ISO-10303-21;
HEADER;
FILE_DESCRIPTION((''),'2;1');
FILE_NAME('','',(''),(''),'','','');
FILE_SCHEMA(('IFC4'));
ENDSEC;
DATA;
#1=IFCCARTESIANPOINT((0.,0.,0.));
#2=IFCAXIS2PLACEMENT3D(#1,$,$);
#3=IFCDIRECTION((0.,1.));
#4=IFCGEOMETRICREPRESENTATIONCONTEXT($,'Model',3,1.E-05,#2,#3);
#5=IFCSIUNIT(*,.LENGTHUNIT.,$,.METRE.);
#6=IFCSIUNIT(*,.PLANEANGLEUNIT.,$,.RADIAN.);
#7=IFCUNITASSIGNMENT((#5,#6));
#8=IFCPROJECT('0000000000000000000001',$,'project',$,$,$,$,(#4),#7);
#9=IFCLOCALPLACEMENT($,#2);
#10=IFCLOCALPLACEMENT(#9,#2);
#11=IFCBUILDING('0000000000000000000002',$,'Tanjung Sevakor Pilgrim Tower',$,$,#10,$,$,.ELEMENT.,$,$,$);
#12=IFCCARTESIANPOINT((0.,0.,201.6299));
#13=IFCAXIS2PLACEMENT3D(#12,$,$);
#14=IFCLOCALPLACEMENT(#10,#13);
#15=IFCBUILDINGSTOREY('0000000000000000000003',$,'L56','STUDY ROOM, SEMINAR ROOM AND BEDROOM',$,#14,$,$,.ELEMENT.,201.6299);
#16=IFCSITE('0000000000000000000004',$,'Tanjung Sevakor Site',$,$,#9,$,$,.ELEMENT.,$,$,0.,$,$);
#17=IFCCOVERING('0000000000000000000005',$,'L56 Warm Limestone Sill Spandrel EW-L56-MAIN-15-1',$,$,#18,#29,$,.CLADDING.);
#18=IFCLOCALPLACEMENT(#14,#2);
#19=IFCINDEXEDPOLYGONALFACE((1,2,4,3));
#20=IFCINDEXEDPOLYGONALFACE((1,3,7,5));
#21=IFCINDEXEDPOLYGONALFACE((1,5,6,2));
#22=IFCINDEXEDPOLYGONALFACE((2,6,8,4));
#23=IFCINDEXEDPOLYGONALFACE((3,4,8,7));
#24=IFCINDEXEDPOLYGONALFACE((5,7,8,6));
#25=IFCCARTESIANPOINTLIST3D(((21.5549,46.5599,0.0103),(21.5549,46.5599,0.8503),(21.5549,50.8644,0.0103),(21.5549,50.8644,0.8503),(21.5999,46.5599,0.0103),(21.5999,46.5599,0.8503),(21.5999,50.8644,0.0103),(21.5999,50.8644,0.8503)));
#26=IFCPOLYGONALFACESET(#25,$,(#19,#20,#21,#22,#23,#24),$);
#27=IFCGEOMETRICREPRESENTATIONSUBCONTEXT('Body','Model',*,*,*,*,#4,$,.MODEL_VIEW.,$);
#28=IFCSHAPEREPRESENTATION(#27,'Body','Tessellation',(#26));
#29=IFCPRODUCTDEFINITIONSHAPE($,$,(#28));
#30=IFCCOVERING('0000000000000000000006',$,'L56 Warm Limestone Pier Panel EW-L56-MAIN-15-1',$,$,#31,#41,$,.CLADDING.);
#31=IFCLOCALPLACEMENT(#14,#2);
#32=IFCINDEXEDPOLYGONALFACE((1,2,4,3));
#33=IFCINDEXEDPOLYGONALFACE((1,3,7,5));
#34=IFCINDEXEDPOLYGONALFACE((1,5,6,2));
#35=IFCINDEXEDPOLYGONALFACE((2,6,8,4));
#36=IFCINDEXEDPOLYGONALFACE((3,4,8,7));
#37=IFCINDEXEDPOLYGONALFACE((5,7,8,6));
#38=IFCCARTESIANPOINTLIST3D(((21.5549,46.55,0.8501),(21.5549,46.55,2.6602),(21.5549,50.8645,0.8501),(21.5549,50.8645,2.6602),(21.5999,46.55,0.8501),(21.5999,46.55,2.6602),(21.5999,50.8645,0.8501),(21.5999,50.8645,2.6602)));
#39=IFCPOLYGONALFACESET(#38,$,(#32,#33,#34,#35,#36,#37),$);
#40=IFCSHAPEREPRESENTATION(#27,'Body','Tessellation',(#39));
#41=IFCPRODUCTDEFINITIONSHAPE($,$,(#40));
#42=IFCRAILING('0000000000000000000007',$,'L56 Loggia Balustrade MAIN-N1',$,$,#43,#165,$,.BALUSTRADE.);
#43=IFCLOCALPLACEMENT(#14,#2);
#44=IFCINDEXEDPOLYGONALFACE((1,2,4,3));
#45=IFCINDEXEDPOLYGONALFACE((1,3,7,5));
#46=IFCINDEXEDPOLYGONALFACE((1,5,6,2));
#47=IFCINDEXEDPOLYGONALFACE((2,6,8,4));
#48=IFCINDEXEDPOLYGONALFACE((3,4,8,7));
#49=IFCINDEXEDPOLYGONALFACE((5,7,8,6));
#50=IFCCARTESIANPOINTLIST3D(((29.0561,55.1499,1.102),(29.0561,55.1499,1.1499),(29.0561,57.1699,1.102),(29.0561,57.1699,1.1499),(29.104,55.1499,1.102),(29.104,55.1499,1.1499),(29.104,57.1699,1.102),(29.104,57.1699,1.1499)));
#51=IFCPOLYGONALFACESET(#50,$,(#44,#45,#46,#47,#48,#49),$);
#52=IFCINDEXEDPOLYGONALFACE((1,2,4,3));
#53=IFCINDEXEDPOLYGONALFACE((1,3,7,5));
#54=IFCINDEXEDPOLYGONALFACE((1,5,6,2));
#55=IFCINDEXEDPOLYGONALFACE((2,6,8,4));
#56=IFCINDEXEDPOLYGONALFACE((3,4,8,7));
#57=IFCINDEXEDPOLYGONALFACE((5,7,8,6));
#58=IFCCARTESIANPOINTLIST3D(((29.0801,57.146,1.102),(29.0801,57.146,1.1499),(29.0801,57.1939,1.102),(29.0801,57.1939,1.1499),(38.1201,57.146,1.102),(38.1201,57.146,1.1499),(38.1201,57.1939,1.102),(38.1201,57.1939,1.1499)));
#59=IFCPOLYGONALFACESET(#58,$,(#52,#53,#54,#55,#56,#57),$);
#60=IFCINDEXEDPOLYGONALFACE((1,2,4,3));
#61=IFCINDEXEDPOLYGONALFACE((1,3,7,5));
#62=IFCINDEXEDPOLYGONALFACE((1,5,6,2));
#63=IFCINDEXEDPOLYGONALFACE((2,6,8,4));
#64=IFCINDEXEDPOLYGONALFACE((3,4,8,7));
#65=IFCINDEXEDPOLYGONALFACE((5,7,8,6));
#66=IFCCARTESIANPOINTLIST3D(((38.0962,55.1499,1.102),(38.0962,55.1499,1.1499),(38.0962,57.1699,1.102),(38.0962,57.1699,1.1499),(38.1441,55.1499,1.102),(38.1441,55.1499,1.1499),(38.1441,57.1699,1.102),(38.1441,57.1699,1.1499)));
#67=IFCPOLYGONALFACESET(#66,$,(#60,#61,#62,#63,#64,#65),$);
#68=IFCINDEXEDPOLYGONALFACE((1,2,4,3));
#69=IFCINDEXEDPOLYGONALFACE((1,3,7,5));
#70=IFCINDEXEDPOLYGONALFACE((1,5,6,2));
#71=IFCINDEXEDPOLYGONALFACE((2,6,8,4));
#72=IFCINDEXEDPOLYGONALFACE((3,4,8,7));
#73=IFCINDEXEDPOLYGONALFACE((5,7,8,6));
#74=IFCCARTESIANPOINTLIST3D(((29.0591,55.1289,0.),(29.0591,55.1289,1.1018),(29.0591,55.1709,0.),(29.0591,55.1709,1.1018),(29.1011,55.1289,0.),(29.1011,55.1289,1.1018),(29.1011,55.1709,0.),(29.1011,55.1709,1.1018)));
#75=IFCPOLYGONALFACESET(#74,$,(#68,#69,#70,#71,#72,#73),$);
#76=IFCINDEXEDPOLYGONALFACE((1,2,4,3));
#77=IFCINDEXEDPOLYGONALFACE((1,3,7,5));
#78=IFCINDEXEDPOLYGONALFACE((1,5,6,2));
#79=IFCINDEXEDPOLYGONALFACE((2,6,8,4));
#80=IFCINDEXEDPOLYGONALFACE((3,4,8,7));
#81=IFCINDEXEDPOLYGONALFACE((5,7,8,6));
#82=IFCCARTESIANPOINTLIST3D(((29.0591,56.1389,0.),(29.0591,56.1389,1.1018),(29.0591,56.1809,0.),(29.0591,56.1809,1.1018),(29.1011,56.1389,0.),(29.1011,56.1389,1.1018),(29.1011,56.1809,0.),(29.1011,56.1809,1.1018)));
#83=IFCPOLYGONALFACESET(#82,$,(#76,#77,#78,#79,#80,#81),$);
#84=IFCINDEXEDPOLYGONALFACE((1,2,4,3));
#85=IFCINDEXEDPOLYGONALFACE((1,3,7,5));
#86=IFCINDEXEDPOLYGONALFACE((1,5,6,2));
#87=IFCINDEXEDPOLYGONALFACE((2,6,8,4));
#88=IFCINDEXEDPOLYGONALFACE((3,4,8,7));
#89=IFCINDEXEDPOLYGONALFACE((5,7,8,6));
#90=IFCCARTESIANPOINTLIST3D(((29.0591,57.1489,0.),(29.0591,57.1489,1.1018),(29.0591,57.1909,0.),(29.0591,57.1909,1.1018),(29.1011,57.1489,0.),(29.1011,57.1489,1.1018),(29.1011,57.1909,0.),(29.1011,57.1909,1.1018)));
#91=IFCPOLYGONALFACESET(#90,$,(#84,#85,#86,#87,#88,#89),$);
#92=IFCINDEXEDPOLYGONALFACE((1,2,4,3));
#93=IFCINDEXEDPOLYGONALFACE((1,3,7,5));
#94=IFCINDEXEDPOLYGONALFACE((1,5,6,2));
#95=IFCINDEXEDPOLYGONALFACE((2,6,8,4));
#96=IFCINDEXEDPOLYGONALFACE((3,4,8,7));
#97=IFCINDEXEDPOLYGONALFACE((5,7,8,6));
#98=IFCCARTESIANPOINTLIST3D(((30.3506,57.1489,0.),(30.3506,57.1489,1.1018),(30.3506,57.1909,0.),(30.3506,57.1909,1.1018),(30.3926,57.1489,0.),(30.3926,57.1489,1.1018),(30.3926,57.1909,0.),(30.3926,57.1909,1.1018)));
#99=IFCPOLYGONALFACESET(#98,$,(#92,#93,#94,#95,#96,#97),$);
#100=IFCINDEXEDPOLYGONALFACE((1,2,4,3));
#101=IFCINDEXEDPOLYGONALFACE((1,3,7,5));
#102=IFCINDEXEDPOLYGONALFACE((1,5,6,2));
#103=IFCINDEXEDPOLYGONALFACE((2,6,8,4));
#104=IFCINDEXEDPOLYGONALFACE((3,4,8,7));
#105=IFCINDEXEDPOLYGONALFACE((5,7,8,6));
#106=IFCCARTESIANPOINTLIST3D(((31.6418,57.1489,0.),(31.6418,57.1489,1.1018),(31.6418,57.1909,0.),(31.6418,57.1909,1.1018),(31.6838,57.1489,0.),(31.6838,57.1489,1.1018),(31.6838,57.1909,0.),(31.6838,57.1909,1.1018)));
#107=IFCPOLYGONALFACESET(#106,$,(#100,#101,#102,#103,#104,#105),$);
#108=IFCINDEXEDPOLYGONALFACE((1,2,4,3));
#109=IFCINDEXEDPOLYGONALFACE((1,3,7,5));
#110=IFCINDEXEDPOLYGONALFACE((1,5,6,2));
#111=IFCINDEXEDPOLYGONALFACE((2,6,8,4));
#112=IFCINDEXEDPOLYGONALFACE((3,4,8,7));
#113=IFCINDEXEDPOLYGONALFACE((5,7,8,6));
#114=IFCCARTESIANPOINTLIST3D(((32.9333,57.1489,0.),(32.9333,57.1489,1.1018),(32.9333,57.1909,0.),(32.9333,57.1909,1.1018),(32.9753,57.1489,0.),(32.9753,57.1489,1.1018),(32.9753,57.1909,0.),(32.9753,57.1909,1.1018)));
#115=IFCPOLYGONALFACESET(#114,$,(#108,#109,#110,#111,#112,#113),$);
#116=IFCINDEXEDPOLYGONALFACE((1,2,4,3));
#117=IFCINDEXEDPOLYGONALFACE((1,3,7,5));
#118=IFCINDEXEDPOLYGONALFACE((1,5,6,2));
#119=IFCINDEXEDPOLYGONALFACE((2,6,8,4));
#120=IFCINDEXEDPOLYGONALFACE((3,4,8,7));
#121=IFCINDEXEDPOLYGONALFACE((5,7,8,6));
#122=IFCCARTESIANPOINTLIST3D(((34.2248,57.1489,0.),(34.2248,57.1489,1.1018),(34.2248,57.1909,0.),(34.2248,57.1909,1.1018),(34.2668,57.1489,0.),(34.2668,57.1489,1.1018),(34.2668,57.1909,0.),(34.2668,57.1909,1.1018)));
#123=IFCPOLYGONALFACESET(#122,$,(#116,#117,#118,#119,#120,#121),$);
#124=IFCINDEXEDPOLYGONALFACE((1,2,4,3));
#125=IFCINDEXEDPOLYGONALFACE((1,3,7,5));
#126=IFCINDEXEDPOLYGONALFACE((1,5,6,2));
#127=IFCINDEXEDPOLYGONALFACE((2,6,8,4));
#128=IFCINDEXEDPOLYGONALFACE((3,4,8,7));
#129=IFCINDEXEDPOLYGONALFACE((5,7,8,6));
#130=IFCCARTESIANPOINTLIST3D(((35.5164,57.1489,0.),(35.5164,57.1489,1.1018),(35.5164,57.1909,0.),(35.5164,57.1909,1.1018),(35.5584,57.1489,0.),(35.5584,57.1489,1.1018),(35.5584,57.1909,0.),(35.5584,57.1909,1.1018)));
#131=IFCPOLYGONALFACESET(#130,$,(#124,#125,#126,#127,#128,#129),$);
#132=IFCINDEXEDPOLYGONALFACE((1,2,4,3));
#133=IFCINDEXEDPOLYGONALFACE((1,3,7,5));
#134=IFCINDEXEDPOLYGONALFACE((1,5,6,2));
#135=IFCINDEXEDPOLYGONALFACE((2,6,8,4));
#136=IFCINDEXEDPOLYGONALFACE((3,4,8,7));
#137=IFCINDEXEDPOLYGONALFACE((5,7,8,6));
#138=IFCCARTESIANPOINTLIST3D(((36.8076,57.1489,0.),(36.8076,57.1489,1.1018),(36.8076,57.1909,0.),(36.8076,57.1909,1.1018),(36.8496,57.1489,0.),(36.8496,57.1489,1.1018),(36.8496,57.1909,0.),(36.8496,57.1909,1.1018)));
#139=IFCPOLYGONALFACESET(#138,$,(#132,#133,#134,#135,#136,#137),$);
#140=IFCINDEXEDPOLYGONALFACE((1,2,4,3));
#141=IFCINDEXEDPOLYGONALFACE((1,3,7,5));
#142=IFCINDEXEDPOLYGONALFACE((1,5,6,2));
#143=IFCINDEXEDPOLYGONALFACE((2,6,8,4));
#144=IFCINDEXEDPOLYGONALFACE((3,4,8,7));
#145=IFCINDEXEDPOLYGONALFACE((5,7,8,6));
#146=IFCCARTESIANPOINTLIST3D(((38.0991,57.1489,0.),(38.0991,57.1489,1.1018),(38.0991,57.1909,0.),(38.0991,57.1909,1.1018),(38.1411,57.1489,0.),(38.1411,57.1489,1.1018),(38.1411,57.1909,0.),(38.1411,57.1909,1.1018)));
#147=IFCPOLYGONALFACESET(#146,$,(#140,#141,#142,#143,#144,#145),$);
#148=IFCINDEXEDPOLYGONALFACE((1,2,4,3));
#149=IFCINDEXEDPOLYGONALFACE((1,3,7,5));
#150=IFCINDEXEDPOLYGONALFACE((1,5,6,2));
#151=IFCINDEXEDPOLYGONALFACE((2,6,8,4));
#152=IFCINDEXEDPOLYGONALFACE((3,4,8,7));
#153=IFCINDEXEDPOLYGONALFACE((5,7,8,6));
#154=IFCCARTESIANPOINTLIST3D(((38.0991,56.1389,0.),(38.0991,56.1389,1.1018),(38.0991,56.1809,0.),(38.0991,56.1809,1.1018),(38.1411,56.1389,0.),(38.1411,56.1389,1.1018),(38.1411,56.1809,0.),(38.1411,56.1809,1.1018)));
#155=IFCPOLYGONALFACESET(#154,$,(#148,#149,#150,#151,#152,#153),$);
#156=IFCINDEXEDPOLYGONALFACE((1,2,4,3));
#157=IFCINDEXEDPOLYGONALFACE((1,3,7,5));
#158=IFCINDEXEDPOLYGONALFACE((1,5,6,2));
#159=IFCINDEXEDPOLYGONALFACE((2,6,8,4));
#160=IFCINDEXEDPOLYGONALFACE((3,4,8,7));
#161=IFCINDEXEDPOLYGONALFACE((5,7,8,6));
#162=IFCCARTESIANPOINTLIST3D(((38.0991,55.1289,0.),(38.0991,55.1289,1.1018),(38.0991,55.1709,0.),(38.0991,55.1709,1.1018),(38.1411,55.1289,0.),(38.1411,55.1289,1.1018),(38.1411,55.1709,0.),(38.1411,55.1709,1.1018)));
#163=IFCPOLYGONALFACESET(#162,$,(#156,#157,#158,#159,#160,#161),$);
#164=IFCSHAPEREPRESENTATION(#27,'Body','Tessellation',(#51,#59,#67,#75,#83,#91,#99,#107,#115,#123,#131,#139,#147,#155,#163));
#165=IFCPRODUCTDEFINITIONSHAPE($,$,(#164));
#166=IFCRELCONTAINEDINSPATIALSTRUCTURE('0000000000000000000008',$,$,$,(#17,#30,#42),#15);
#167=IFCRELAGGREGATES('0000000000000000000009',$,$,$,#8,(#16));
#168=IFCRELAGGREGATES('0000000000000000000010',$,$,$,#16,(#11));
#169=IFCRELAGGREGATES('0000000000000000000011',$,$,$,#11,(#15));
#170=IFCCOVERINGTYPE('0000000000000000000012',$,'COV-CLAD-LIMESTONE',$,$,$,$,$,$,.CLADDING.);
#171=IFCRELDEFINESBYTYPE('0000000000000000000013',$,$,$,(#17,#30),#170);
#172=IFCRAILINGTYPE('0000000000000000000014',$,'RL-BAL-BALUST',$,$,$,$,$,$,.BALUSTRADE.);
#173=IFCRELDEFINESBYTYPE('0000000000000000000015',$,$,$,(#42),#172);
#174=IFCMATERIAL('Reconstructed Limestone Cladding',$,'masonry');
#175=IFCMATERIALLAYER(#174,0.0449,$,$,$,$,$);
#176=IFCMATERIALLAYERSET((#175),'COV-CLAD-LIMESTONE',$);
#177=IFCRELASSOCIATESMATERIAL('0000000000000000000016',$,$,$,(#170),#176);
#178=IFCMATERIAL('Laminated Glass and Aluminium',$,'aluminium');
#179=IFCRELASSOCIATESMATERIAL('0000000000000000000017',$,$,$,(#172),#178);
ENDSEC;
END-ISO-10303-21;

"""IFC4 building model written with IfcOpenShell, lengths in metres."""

from ifc_helpers import new_model, si_unit, direction, frame, origin, origin_2d, place, context, subcontext, project, spatial, rectangle, extrude, material, layer, layer_set, type_object, element, save


model = new_model("IFC4")

# Units and contexts
model_context = context("Model", 3, precision=1e-05, world=origin(), true_north=direction((0.0, 1.0)))
body_context = subcontext(model_context, "Body", "Model", "MODEL_VIEW")
ifc_project = project(units=[si_unit("LENGTHUNIT", "METRE"), si_unit("PLANEANGLEUNIT", "RADIAN")], contexts=[model_context])

# Site, building, storey
site_placement = place(None, origin())
site = spatial("IfcSite", under=ifc_project, at=site_placement, Name="Tanjung Sevakor Site", CompositionType="ELEMENT", RefElevation=0.0)
building_placement = place(site_placement, origin())
building = spatial("IfcBuilding", under=site, at=building_placement, Name="Tanjung Sevakor Pilgrim Tower", CompositionType="ELEMENT")
storey_placement = place(building_placement, frame((0.0, 0.0, 201.6299)))
storey = spatial("IfcBuildingStorey", under=building, at=storey_placement, Name="L56", Description="STUDY ROOM, SEMINAR ROOM AND BEDROOM", CompositionType="ELEMENT", Elevation=201.6299)

# Coverings
ifc_material_1 = material(Name="Reconstructed Limestone Cladding", Category="masonry")
ifc_layer_1 = layer(ifc_material_1, 0.0449)
ifc_layer_set_1 = layer_set([ifc_layer_1], Name="COV-CLAD-LIMESTONE")
covering_type = type_object("IfcCoveringType", Name="COV-CLAD-LIMESTONE", PredefinedType="CLADDING", material=ifc_layer_set_1)
covering_1_placement = place(storey_placement, frame((21.5774, 48.7122, 0.0103), z_axis=(0.0, 0.0, 1.0), x_axis=(0.0, -1.0, 0.0)))
element("IfcCovering", 1, at=covering_1_placement, inside=storey, type_object=covering_type, Name="L56 Warm Limestone Sill Spandrel EW-L56-MAIN-15-1", PredefinedType="CLADDING", context=body_context, shape_type="SweptSolid", body=[
    extrude(rectangle(XDim=4.3044, YDim=0.0449, at=origin_2d()), origin(), (0.0, 0.0, 1.0), 0.8401),
])
covering_2_placement = place(storey_placement, frame((21.5774, 48.7073, 0.8501), z_axis=(0.0, 0.0, 1.0), x_axis=(0.0, -1.0, 0.0)))
element("IfcCovering", 2, at=covering_2_placement, inside=storey, type_object=covering_type, Name="L56 Warm Limestone Pier Panel EW-L56-MAIN-15-1", PredefinedType="CLADDING", context=body_context, shape_type="SweptSolid", body=[
    extrude(rectangle(XDim=4.3145, YDim=0.0449, at=origin_2d()), origin(), (0.0, 0.0, 1.0), 1.8101),
])

# Railing
ifc_material_2 = material(Name="Laminated Glass and Aluminium", Category="aluminium")
railing_type_1 = type_object("IfcRailingType", Name="RL-BAL-BALUST", PredefinedType="BALUSTRADE", material=ifc_material_2)
railing_1_placement = place(storey_placement, frame((29.0801, 55.1499, 0.0)))
element("IfcRailing", 3, at=railing_1_placement, inside=storey, type_object=railing_type_1, Name="L56 Loggia Balustrade MAIN-N1", PredefinedType="BALUSTRADE", context=body_context, shape_type="SweptSolid", body=[
    extrude(rectangle(XDim=0.0479, YDim=0.0479), frame((0.0, 0.0, 1.126), z_axis=(0.0, 1.0, 0.0), x_axis=(-1.0, 0.0, 0.0)), (0.0, 0.0, 1.0), 2.02),
    extrude(rectangle(XDim=0.0479, YDim=0.0479), frame((0.0, 2.02, 1.126), z_axis=(1.0, 0.0, 0.0), x_axis=(0.0, 1.0, 0.0)), (0.0, 0.0, 1.0), 9.04),
    extrude(rectangle(XDim=0.0479, YDim=0.0479), frame((9.04, 2.02, 1.126), z_axis=(0.0, -1.0, 0.0), x_axis=(1.0, 0.0, 0.0)), (0.0, 0.0, 1.0), 2.02),
    extrude(rectangle(XDim=0.042, YDim=0.042), origin(), (0.0, 0.0, 1.0), 1.1018),
    extrude(rectangle(XDim=0.042, YDim=0.042), frame((0.0, 1.01, 0.0)), (0.0, 0.0, 1.0), 1.1018),
    extrude(rectangle(XDim=0.042, YDim=0.042), frame((0.0, 2.02, 0.0)), (0.0, 0.0, 1.0), 1.1018),
    extrude(rectangle(XDim=0.042, YDim=0.042), frame((1.2915, 2.02, 0.0)), (0.0, 0.0, 1.0), 1.1018),
    extrude(rectangle(XDim=0.042, YDim=0.042), frame((2.5828, 2.02, 0.0)), (0.0, 0.0, 1.0), 1.1018),
    extrude(rectangle(XDim=0.042, YDim=0.042), frame((3.8743, 2.02, 0.0)), (0.0, 0.0, 1.0), 1.1018),
    extrude(rectangle(XDim=0.042, YDim=0.042), frame((5.1658, 2.02, 0.0)), (0.0, 0.0, 1.0), 1.1018),
    extrude(rectangle(XDim=0.042, YDim=0.042), frame((6.4573, 2.02, 0.0)), (0.0, 0.0, 1.0), 1.1018),
    extrude(rectangle(XDim=0.042, YDim=0.042), frame((7.7485, 2.02, 0.0)), (0.0, 0.0, 1.0), 1.1018),
    extrude(rectangle(XDim=0.042, YDim=0.042), frame((9.04, 2.02, 0.0)), (0.0, 0.0, 1.0), 1.1018),
    extrude(rectangle(XDim=0.042, YDim=0.042), frame((9.04, 1.01, 0.0)), (0.0, 0.0, 1.0), 1.1018),
    extrude(rectangle(XDim=0.042, YDim=0.042), frame((9.04, 0.0, 0.0)), (0.0, 0.0, 1.0), 1.1018),
])

save(model, "model.ifc")
